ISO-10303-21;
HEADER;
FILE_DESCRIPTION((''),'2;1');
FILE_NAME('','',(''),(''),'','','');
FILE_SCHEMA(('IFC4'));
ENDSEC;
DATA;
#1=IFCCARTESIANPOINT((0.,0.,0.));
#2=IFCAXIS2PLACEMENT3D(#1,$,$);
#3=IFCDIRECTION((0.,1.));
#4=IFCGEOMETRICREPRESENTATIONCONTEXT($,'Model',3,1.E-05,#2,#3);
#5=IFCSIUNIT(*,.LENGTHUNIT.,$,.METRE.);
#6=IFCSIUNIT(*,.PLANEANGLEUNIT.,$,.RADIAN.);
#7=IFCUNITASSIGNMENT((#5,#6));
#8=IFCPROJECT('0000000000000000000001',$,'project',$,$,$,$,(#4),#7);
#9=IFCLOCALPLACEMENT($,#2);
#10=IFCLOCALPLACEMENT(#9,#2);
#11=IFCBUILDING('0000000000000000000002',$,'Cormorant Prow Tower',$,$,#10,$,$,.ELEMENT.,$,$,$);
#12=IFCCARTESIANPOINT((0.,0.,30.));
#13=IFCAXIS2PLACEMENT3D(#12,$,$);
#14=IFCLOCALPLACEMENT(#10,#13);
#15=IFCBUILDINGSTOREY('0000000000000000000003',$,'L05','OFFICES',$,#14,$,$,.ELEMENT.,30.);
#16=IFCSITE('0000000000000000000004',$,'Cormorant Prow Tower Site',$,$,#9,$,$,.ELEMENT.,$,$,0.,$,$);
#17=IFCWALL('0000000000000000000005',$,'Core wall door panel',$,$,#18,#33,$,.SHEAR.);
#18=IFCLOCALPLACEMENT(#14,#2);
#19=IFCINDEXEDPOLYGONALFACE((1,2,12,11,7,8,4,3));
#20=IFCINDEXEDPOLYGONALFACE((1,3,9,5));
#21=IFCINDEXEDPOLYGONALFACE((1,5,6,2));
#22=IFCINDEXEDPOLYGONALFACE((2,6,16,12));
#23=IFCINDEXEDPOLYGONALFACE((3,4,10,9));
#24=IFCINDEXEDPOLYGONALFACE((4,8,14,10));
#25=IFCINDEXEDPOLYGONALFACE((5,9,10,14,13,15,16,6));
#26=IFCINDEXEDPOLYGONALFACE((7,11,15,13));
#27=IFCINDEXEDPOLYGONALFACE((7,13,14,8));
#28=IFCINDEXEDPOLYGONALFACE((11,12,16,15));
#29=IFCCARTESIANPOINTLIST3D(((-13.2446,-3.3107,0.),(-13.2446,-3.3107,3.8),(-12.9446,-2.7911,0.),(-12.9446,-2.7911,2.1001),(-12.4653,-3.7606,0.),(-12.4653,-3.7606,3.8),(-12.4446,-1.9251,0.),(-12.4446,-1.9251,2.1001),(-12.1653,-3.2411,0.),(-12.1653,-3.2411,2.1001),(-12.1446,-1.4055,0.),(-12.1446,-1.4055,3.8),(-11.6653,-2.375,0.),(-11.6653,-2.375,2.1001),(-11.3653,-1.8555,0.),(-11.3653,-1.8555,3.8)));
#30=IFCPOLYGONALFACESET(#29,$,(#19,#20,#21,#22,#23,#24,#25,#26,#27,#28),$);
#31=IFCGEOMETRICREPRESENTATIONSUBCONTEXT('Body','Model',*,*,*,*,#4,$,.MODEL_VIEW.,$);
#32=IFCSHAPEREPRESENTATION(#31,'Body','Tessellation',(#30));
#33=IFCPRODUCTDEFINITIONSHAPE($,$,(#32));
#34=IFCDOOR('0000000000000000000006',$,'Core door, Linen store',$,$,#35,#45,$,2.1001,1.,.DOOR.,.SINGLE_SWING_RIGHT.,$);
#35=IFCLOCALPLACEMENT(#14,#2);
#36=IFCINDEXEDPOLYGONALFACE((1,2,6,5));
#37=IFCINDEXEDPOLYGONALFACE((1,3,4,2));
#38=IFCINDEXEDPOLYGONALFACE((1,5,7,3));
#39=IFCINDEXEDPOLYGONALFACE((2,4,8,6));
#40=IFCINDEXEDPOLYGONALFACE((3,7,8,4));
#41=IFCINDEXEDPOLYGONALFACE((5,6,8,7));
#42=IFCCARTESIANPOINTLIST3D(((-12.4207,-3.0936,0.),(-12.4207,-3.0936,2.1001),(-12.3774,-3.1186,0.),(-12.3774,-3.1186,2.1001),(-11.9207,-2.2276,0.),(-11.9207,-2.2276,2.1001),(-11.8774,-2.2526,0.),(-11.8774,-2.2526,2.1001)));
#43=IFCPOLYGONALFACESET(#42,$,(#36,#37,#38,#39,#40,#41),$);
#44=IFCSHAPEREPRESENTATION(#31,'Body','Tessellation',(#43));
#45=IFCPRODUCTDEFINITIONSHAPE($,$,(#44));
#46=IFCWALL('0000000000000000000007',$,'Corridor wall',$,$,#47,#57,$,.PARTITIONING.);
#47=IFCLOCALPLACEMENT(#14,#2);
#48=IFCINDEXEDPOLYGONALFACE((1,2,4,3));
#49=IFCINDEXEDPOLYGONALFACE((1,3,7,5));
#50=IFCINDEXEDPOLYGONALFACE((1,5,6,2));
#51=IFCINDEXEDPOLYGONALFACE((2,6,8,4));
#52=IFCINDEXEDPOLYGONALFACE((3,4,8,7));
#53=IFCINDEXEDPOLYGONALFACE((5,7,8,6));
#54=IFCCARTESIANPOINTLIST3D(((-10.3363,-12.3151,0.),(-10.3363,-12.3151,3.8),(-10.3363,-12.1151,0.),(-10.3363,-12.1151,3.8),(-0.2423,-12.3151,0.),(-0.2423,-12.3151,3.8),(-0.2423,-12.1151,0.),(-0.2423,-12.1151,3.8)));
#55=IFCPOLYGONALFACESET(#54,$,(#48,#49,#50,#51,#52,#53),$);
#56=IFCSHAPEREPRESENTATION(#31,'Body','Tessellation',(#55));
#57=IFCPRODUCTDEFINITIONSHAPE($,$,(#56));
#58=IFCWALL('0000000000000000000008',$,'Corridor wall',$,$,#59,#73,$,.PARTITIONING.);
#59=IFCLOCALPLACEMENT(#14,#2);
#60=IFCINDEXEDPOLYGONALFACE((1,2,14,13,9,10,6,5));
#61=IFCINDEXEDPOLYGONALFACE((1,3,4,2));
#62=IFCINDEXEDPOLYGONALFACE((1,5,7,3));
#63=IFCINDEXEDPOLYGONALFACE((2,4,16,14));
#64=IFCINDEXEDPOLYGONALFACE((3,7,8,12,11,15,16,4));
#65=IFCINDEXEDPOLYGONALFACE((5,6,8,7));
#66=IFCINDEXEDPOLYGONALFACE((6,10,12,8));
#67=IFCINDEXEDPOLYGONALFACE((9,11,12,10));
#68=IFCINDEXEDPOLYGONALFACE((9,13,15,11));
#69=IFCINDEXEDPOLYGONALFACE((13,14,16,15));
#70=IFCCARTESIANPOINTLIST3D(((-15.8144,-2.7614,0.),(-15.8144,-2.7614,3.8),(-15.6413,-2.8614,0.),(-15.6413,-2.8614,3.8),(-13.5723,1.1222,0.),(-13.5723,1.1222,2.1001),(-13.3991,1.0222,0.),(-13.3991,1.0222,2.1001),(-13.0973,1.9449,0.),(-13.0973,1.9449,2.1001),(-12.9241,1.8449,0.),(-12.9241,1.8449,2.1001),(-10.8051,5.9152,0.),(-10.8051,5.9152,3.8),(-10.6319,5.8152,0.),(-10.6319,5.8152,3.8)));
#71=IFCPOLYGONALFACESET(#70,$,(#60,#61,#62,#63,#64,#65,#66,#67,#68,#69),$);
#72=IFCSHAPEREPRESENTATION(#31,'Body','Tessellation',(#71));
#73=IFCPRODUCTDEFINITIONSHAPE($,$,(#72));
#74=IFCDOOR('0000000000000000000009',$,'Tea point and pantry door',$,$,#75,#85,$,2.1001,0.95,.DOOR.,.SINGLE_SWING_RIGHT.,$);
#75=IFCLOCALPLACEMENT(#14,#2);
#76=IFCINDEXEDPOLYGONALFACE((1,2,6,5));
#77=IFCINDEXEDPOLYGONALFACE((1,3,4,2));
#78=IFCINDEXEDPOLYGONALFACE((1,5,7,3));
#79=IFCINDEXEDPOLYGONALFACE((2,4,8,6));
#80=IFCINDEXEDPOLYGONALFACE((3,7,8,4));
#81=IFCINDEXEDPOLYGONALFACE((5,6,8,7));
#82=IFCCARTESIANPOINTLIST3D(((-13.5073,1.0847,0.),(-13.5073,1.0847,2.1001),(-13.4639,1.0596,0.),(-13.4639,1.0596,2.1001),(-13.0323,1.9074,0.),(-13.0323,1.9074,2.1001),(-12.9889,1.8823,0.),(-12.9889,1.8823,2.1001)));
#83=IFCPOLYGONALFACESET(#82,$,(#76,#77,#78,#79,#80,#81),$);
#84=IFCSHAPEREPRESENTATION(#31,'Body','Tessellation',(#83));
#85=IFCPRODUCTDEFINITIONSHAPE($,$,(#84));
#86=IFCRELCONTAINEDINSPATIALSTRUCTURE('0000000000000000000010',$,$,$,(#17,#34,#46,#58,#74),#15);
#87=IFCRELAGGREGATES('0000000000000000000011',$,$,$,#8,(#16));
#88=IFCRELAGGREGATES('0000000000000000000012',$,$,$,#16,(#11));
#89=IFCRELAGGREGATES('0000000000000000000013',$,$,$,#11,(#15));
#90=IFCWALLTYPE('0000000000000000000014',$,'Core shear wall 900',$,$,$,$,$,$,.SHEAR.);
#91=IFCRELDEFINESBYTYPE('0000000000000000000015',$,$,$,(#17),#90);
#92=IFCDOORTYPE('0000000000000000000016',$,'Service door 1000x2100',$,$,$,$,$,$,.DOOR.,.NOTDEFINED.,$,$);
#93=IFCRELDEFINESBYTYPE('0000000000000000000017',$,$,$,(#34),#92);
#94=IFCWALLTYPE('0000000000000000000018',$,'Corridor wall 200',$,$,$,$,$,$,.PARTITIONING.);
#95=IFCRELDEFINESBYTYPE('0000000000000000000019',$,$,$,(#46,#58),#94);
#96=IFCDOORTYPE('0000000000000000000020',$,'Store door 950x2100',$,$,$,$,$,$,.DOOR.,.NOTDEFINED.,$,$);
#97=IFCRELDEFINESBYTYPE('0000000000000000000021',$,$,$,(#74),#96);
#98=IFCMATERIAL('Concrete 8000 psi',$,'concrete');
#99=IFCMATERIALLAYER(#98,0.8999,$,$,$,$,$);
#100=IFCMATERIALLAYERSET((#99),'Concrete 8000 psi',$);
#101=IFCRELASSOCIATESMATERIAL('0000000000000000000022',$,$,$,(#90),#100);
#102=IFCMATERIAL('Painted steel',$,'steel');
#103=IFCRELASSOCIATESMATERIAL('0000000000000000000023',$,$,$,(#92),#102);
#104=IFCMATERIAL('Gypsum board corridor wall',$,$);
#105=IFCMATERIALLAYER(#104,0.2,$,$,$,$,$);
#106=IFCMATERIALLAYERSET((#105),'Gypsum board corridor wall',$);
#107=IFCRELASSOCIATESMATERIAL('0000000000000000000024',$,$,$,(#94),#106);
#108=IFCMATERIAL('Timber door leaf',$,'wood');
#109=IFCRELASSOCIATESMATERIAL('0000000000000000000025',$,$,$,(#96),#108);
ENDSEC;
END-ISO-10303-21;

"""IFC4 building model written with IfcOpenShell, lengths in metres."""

from ifc_helpers import new_model, si_unit, direction, frame, frame_2d, origin, place, context, subcontext, project, spatial, rectangle, extrude, material, layer, layer_set, type_object, element, fill, save


model = new_model("IFC4")

# Units and contexts
model_context = context("Model", 3, precision=1e-05, world=origin(), true_north=direction((0.0, 1.0)))
body_context = subcontext(model_context, "Body", "Model", "MODEL_VIEW")
ifc_project = project(units=[si_unit("LENGTHUNIT", "METRE"), si_unit("PLANEANGLEUNIT", "RADIAN")], contexts=[model_context])

# Site, building, storey
site_placement = place(None, origin())
site = spatial("IfcSite", under=ifc_project, at=site_placement, Name="Cormorant Prow Tower Site", CompositionType="ELEMENT", RefElevation=0.0)
building_placement = place(site_placement, origin())
building = spatial("IfcBuilding", under=site, at=building_placement, Name="Cormorant Prow Tower", CompositionType="ELEMENT")
storey_placement = place(building_placement, frame((0.0, 0.0, 30.0)))
storey = spatial("IfcBuildingStorey", under=building, at=storey_placement, Name="L05", Description="OFFICES", CompositionType="ELEMENT", Elevation=30.0)

# Shared definitions
ifc_material_1 = material(Name="Concrete 8000 psi", Category="concrete")
ifc_layer_1 = layer(ifc_material_1, 0.8999)
ifc_layer_set_1 = layer_set([ifc_layer_1], Name="Concrete 8000 psi")
wall_type_1 = type_object("IfcWallType", Name="Core shear wall 900", PredefinedType="SHEAR", material=ifc_layer_set_1)

# Wall, opening, door
ifc_material_2 = material(Name="Painted steel", Category="steel")
door_type_1 = type_object("IfcDoorType", Name="Service door 1000x2100", OperationType="NOTDEFINED", PredefinedType="DOOR", material=ifc_material_2)
wall_1_placement = place(storey_placement, frame((-11.7549, -1.6304, 0.0), z_axis=(0.0, 0.0, 1.0), x_axis=(-0.50003, -0.866008, 0.0)))
wall_1 = element("IfcWall", 1, at=wall_1_placement, inside=storey, type_object=wall_type_1, Name="Core wall door panel", PredefinedType="SHEAR", context=body_context, shape_type="SweptSolid", body=[
    extrude(rectangle(XDim=2.2, YDim=0.8999, at=frame_2d((1.1001, 0.0))), origin(), (0.0, 0.0, 1.0), 3.8),
])
opening_1_placement = place(wall_1_placement, frame((0.6001, 0.0, 0.0)))
opening_1 = element("IfcOpeningElement", 2, at=opening_1_placement, cuts=wall_1, PredefinedType="OPENING", context=body_context, shape_type="SweptSolid", body=[
    extrude(rectangle(XDim=1.0, YDim=2.1001, at=frame_2d((0.5, 1.05))), frame((0.0, 0.46, 0.0), z_axis=(0.0, -1.0, 0.0), x_axis=(1.0, 0.0, 0.0)), (0.0, 0.0, 1.0), 0.9199),
])
door_1_placement = place(opening_1_placement, origin())
door_1 = element("IfcDoor", 3, at=door_1_placement, inside=storey, type_object=door_type_1, Name="Core door, Linen store", OperationType="SINGLE_SWING_RIGHT", OverallHeight=2.1001, OverallWidth=1.0, PredefinedType="DOOR", context=body_context, shape_type="SweptSolid", body=[
    extrude(rectangle(XDim=1.0, YDim=2.1001, at=frame_2d((0.5, 1.05))), frame((0.0, 0.2051, 0.0), z_axis=(0.0, -1.0, 0.0), x_axis=(1.0, 0.0, 0.0)), (0.0, 0.0, 1.0), 0.05),
])
fill(opening_1, door_1)

# Wall
ifc_material_3 = material(Name="Gypsum board corridor wall")
ifc_layer_2 = layer(ifc_material_3, 0.2)
ifc_layer_set_2 = layer_set([ifc_layer_2], Name="Gypsum board corridor wall")
wall_type_2 = type_object("IfcWallType", Name="Corridor wall 200", PredefinedType="PARTITIONING", material=ifc_layer_set_2)
wall_2_placement = place(storey_placement, frame((-10.3362, -12.2151, 0.0), z_axis=(0.0, 0.0, 1.0), x_axis=(1.0, 0.0, 0.0)))
element("IfcWall", 4, at=wall_2_placement, inside=storey, type_object=wall_type_2, Name="Corridor wall", PredefinedType="PARTITIONING", context=body_context, shape_type="SweptSolid", body=[
    extrude(rectangle(XDim=10.094, YDim=0.2, at=frame_2d((5.0469, 0.0))), origin(), (0.0, 0.0, 1.0), 3.8),
])

# Wall, opening, door
wall_3_placement = place(storey_placement, frame((-15.7278, -2.8113, 0.0), z_axis=(0.0, 0.0, 1.0), x_axis=(0.499992, 0.86603, 0.0)))
wall_3 = element("IfcWall", 5, at=wall_3_placement, inside=storey, type_object=wall_type_2, Name="Corridor wall", PredefinedType="PARTITIONING", context=body_context, shape_type="SweptSolid", body=[
    extrude(rectangle(XDim=10.0188, YDim=0.2, at=frame_2d((5.0093, 0.0))), origin(), (0.0, 0.0, 1.0), 3.8),
])
opening_2_placement = place(wall_3_placement, frame((4.4841, 0.0, 0.0)))
opening_2 = element("IfcOpeningElement", 6, at=opening_2_placement, cuts=wall_3, PredefinedType="OPENING", context=body_context, shape_type="SweptSolid", body=[
    extrude(rectangle(XDim=0.95, YDim=2.1001, at=frame_2d((0.4751, 1.05))), frame((0.0, 0.1099, 0.0), z_axis=(0.0, -1.0, 0.0), x_axis=(1.0, 0.0, 0.0)), (0.0, 0.0, 1.0), 0.22),
])
ifc_material_4 = material(Name="Timber door leaf", Category="wood")
door_type_2 = type_object("IfcDoorType", Name="Store door 950x2100", OperationType="NOTDEFINED", PredefinedType="DOOR", material=ifc_material_4)
door_2_placement = place(opening_2_placement, origin())
door_2 = element("IfcDoor", 7, at=door_2_placement, inside=storey, type_object=door_type_2, Name="Tea point and pantry door", OperationType="SINGLE_SWING_RIGHT", OverallHeight=2.1001, OverallWidth=0.95, PredefinedType="DOOR", context=body_context, shape_type="SweptSolid", body=[
    extrude(rectangle(XDim=0.95, YDim=2.1001, at=frame_2d((0.4751, 1.05))), frame((0.0, 0.0249, 0.0), z_axis=(0.0, -1.0, 0.0), x_axis=(1.0, 0.0, 0.0)), (0.0, 0.0, 1.0), 0.05),
])
fill(opening_2, door_2)

save(model, "model.ifc")
